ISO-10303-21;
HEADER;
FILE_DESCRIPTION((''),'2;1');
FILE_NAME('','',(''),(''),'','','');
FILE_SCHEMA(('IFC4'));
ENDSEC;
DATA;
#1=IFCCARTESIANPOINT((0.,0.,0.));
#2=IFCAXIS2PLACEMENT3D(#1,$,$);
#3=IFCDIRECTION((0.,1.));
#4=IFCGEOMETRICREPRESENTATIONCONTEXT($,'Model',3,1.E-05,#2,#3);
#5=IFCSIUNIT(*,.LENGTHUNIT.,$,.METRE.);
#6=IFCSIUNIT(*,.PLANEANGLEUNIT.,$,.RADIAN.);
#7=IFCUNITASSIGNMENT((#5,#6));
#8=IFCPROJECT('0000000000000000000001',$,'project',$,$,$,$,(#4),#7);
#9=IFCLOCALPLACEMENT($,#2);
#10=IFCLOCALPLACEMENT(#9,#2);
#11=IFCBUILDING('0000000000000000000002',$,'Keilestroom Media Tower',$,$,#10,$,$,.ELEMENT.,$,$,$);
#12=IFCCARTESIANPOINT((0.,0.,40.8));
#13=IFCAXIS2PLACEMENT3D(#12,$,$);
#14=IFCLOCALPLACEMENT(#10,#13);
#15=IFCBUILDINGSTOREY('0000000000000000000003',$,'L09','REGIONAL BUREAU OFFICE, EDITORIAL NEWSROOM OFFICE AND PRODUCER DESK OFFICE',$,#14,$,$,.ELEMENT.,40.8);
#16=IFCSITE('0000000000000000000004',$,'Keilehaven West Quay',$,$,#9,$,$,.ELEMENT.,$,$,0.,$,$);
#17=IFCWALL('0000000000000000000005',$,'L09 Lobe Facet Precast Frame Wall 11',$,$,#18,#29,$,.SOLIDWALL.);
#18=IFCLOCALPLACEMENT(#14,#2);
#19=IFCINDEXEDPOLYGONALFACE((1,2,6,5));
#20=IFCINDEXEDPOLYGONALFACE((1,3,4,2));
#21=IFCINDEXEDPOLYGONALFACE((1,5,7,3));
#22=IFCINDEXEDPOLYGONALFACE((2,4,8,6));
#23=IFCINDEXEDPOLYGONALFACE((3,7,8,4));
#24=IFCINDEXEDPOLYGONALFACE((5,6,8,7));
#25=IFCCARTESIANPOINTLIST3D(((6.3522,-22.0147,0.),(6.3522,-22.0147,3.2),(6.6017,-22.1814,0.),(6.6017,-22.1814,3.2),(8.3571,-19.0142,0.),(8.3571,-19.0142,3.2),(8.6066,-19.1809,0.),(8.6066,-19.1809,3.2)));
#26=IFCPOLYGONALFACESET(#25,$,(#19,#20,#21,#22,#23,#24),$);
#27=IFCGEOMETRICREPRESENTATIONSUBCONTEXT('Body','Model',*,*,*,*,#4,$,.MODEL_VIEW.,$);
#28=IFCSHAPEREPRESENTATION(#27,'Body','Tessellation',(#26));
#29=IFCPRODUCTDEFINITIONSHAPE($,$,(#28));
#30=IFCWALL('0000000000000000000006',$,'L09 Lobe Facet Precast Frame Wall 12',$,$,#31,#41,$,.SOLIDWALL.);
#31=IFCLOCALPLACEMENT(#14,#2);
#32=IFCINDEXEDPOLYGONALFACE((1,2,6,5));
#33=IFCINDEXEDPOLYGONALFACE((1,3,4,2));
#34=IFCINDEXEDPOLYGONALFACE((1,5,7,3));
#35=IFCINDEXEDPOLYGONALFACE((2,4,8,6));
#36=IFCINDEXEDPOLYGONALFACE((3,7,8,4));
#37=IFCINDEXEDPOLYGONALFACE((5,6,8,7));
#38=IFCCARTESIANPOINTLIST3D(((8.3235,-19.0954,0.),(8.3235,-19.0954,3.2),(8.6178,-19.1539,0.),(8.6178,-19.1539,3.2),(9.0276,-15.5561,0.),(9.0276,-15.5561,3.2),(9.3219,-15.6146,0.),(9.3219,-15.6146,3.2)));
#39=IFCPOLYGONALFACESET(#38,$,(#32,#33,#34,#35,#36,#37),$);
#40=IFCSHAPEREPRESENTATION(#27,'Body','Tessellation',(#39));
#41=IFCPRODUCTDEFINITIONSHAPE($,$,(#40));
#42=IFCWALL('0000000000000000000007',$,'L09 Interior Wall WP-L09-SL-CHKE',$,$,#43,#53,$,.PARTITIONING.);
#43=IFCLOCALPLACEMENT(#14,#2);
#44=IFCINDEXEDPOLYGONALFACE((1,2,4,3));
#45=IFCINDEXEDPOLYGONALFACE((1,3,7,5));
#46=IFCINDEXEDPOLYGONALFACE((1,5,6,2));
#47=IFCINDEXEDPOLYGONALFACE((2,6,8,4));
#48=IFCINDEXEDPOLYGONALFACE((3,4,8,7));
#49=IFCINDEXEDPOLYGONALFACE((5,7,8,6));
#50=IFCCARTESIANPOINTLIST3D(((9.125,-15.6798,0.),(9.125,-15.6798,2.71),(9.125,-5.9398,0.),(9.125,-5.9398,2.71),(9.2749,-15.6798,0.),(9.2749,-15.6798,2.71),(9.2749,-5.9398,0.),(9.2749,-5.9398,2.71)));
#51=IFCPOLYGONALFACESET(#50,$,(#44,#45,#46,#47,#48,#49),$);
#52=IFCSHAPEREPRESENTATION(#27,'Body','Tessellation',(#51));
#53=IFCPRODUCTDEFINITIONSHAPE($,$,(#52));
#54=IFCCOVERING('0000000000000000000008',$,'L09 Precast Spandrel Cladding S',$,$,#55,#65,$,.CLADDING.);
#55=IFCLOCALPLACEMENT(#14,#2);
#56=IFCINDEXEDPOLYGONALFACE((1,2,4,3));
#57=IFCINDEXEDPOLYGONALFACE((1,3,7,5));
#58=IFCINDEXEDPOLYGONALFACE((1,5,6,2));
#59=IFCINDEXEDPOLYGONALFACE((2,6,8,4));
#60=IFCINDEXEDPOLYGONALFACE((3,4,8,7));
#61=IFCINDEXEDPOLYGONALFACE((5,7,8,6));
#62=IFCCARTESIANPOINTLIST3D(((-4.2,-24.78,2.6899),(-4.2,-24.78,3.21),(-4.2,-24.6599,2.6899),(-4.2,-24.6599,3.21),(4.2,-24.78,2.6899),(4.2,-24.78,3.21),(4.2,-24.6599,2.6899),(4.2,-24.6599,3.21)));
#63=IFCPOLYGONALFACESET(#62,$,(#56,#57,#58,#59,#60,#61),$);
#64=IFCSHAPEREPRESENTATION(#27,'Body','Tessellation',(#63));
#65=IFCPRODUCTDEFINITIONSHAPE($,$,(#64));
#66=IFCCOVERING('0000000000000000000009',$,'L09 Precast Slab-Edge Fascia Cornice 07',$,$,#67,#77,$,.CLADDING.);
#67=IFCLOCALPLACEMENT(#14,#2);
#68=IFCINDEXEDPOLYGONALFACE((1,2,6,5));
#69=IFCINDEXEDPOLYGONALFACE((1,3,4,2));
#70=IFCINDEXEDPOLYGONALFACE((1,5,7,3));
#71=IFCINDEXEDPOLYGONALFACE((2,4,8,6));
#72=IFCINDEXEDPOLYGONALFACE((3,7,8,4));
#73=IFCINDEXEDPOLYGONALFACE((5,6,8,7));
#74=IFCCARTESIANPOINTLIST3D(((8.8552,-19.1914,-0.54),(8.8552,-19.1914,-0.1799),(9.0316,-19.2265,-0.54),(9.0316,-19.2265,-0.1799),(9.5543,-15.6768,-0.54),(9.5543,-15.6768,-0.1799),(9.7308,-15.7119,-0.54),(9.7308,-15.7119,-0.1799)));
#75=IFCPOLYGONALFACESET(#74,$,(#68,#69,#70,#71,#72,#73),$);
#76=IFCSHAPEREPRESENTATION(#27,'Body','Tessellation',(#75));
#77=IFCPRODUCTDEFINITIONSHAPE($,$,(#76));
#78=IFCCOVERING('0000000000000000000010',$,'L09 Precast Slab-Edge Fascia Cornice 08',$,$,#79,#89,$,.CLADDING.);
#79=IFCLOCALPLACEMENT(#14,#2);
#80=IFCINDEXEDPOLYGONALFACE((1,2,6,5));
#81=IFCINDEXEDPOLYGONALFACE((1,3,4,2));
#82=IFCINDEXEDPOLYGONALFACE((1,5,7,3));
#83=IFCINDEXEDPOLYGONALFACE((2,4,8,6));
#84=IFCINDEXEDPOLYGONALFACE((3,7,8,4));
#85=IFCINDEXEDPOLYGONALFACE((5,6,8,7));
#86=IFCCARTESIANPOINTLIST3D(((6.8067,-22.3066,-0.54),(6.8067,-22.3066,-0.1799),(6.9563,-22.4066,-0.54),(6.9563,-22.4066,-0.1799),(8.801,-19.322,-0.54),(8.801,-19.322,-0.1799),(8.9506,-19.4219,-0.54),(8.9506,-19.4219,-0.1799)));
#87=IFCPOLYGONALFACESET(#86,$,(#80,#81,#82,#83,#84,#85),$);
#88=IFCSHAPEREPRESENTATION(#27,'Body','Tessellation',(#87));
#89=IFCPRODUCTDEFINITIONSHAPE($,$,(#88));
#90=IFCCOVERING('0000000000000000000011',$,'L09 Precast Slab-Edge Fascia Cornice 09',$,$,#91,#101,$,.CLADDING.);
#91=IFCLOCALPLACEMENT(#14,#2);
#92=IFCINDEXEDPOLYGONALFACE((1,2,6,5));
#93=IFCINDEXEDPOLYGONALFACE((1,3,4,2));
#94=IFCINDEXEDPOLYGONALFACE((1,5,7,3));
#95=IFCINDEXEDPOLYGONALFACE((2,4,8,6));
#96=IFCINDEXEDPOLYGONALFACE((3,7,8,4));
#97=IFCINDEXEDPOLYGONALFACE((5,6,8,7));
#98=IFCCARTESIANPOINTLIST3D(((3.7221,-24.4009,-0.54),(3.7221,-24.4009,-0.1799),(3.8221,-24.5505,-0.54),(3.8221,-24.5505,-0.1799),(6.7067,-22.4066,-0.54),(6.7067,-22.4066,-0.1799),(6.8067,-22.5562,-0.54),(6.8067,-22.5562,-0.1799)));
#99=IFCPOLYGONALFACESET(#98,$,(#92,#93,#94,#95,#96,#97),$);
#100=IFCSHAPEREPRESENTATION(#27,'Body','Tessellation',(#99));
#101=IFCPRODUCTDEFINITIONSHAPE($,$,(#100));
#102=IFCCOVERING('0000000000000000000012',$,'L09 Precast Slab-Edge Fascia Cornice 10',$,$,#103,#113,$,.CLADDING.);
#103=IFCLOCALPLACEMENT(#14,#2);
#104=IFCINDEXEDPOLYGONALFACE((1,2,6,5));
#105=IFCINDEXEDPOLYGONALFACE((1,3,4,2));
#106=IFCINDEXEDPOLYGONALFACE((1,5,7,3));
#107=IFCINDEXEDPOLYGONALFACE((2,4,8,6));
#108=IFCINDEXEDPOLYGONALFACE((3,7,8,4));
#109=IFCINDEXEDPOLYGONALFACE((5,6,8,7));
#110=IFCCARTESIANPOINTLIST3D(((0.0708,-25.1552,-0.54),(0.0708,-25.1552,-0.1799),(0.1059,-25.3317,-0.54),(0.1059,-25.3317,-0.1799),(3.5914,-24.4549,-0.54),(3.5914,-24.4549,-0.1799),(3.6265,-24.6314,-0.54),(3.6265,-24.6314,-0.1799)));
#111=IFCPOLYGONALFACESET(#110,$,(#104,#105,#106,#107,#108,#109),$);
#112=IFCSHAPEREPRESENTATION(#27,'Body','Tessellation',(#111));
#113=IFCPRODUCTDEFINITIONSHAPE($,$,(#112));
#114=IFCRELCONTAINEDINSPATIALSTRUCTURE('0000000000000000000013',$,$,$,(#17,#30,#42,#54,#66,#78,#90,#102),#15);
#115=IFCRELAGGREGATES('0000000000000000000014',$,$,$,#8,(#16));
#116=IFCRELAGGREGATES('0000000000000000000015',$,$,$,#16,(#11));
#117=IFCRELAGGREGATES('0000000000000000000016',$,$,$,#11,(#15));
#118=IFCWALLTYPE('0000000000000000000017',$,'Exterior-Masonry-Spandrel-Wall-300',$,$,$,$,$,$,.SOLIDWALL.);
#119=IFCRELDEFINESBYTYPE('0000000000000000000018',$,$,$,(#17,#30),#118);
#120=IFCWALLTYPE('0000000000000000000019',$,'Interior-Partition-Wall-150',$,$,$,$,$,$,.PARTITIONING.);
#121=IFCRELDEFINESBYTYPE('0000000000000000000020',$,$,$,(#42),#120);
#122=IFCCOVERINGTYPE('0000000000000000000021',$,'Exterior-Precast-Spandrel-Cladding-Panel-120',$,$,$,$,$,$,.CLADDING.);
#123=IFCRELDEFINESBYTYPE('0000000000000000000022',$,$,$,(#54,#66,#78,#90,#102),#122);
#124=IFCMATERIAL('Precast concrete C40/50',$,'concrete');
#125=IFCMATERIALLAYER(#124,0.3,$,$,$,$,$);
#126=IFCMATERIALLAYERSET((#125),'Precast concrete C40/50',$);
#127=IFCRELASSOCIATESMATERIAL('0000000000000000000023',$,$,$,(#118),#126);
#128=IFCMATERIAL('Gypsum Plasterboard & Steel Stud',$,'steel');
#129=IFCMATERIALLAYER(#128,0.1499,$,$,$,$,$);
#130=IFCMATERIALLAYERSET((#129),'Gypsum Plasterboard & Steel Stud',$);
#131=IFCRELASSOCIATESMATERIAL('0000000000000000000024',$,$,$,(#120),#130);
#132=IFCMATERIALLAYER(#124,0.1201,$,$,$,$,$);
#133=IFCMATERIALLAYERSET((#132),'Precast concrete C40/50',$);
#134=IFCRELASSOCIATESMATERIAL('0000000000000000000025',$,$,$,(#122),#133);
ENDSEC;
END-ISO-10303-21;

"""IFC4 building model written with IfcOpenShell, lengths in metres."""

from ifc_helpers import new_model, si_unit, direction, frame, frame_2d, origin, origin_2d, place, context, subcontext, project, spatial, rectangle, extrude, source, transform, mapped, material, layer, layer_set, type_object, element, save


model = new_model("IFC4")

# Units and contexts
model_context = context("Model", 3, precision=1e-05, world=origin(), true_north=direction((0.0, 1.0)))
body_context = subcontext(model_context, "Body", "Model", "MODEL_VIEW")
ifc_project = project(units=[si_unit("LENGTHUNIT", "METRE"), si_unit("PLANEANGLEUNIT", "RADIAN")], contexts=[model_context])

# Site, building, storey
site_placement = place(None, origin())
site = spatial("IfcSite", under=ifc_project, at=site_placement, Name="Keilehaven West Quay", CompositionType="ELEMENT", RefElevation=0.0)
building_placement = place(site_placement, origin())
building = spatial("IfcBuilding", under=site, at=building_placement, Name="Keilestroom Media Tower", CompositionType="ELEMENT")
storey_placement = place(building_placement, frame((0.0, 0.0, 40.8)))
storey = spatial("IfcBuildingStorey", under=building, at=storey_placement, Name="L09", Description="REGIONAL BUREAU OFFICE, EDITORIAL NEWSROOM OFFICE AND PRODUCER DESK OFFICE", CompositionType="ELEMENT", Elevation=40.8)

# Walls
ifc_material_1 = material(Name="Precast concrete C40/50", Category="concrete")
ifc_layer_1 = layer(ifc_material_1, 0.3)
ifc_layer_set_1 = layer_set([ifc_layer_1], Name="Precast concrete C40/50")
wall_type_1 = type_object("IfcWallType", Name="Exterior-Masonry-Spandrel-Wall-300", PredefinedType="SOLIDWALL", material=ifc_layer_set_1)
for number, where, z_axis, x_axis, name in (
    (1, (6.4771, -22.0979, 0.0), (0.0, 0.0, 1.0), (0.555574, 0.831467, 0.0), "L09 Lobe Facet Precast Frame Wall 11"),
    (2, (8.4707, -19.1245, 0.0), (0.0, 0.0, 1.0), (0.195114, 0.980781, 0.0), "L09 Lobe Facet Precast Frame Wall 12"),
):
    element("IfcWall", number, at=place(storey_placement, frame(where, z_axis=z_axis, x_axis=x_axis)), inside=storey, type_object=wall_type_1, Name=name, PredefinedType="SOLIDWALL", context=body_context, shape_type="SweptSolid", body=[
        extrude(rectangle(XDim=3.6086, YDim=0.3, at=frame_2d((1.8042, 0.0))), origin(), (0.0, 0.0, 1.0), 3.2),
    ])
ifc_material_2 = material(Name="Gypsum Plasterboard & Steel Stud", Category="steel")
ifc_layer_2 = layer(ifc_material_2, 0.1499)
ifc_layer_set_2 = layer_set([ifc_layer_2], Name="Gypsum Plasterboard & Steel Stud")
wall_type_2 = type_object("IfcWallType", Name="Interior-Partition-Wall-150", PredefinedType="PARTITIONING", material=ifc_layer_set_2)
wall_1_placement = place(storey_placement, frame((9.2, -15.6799, 0.0), z_axis=(0.0, 0.0, 1.0), x_axis=(0.0, 1.0, 0.0)))
element("IfcWall", 3, at=wall_1_placement, inside=storey, type_object=wall_type_2, Name="L09 Interior Wall WP-L09-SL-CHKE", PredefinedType="PARTITIONING", context=body_context, shape_type="SweptSolid", body=[
    extrude(rectangle(XDim=9.74, YDim=0.1499, at=frame_2d((4.8701, 0.0))), origin(), (0.0, 0.0, 1.0), 2.71),
])

# Coverings
ifc_layer_3 = layer(ifc_material_1, 0.1201)
ifc_layer_set_3 = layer_set([ifc_layer_3], Name="Precast concrete C40/50")
covering_type = type_object("IfcCoveringType", Name="Exterior-Precast-Spandrel-Cladding-Panel-120", PredefinedType="CLADDING", material=ifc_layer_set_3)
shared_shape_1 = source(origin(), body_context, "Body", "SweptSolid", [
    extrude(rectangle(XDim=8.3999, YDim=0.1201, at=origin_2d()), origin(), (0.0, 0.0, 1.0), 0.52),
])
covering_1_placement = place(storey_placement, frame((0.0, -24.72, 2.6899), z_axis=(0.0, 0.0, 1.0), x_axis=(1.0, 0.0, 0.0)))
element("IfcCovering", 4, at=covering_1_placement, inside=storey, type_object=covering_type, Name="L09 Precast Spandrel Cladding S", PredefinedType="CLADDING", context=body_context, shape_type="MappedRepresentation", body=[
    mapped(shared_shape_1, transform((0.0, 0.0, 0.0), x_axis=(1.0, 0.0, 0.0), y_axis=(0.0, 1.0, 0.0), z_axis=(0.0, 0.0, 1.0), scale=1.0)),
])
shared_shape_2 = source(origin(), body_context, "Body", "SweptSolid", [
    extrude(rectangle(XDim=3.5835, YDim=0.1799, at=origin_2d()), origin(), (0.0, 0.0, 1.0), 0.3601),
])
covering_2_placement = place(storey_placement, frame((9.293, -17.4517, -0.54), z_axis=(0.0, 0.0, 1.0), x_axis=(-0.195099, -0.980784, 0.0)))
element("IfcCovering", 5, at=covering_2_placement, inside=storey, type_object=covering_type, Name="L09 Precast Slab-Edge Fascia Cornice 07", PredefinedType="CLADDING", context=body_context, shape_type="MappedRepresentation", body=[
    mapped(shared_shape_2, transform((0.0, 0.0, 0.0), x_axis=(1.0, 0.0, 0.0), y_axis=(0.0, 1.0, 0.0), z_axis=(0.0, 0.0, 1.0), scale=1.0)),
])
shared_shape_3 = source(origin(), body_context, "Body", "SweptSolid", [
    extrude(rectangle(XDim=3.5896, YDim=0.1799, at=origin_2d()), origin(), (0.0, 0.0, 1.0), 0.3601),
])
for number, where, z_axis, x_axis, name in (
    (6, (7.8787, -20.8643, -0.54), (0.0, 0.0, 1.0), (-0.555575, -0.831467, 0.0), "L09 Precast Slab-Edge Fascia Cornice 08"),
    (7, (5.2644, -23.4785, -0.54), (0.0, 0.0, 1.0), (-0.831467, -0.555575, 0.0), "L09 Precast Slab-Edge Fascia Cornice 09"),
    (8, (1.8486, -24.8933, -0.54), (0.0, 0.0, 1.0), (-0.980784, -0.195099, 0.0), "L09 Precast Slab-Edge Fascia Cornice 10"),
):
    element("IfcCovering", number, at=place(storey_placement, frame(where, z_axis=z_axis, x_axis=x_axis)), inside=storey, type_object=covering_type, Name=name, PredefinedType="CLADDING", context=body_context, shape_type="MappedRepresentation", body=[
        mapped(shared_shape_3, transform((0.0, 0.0, 0.0), x_axis=(1.0, 0.0, 0.0), y_axis=(0.0, 1.0, 0.0), z_axis=(0.0, 0.0, 1.0), scale=1.0)),
    ])

save(model, "model.ifc")
